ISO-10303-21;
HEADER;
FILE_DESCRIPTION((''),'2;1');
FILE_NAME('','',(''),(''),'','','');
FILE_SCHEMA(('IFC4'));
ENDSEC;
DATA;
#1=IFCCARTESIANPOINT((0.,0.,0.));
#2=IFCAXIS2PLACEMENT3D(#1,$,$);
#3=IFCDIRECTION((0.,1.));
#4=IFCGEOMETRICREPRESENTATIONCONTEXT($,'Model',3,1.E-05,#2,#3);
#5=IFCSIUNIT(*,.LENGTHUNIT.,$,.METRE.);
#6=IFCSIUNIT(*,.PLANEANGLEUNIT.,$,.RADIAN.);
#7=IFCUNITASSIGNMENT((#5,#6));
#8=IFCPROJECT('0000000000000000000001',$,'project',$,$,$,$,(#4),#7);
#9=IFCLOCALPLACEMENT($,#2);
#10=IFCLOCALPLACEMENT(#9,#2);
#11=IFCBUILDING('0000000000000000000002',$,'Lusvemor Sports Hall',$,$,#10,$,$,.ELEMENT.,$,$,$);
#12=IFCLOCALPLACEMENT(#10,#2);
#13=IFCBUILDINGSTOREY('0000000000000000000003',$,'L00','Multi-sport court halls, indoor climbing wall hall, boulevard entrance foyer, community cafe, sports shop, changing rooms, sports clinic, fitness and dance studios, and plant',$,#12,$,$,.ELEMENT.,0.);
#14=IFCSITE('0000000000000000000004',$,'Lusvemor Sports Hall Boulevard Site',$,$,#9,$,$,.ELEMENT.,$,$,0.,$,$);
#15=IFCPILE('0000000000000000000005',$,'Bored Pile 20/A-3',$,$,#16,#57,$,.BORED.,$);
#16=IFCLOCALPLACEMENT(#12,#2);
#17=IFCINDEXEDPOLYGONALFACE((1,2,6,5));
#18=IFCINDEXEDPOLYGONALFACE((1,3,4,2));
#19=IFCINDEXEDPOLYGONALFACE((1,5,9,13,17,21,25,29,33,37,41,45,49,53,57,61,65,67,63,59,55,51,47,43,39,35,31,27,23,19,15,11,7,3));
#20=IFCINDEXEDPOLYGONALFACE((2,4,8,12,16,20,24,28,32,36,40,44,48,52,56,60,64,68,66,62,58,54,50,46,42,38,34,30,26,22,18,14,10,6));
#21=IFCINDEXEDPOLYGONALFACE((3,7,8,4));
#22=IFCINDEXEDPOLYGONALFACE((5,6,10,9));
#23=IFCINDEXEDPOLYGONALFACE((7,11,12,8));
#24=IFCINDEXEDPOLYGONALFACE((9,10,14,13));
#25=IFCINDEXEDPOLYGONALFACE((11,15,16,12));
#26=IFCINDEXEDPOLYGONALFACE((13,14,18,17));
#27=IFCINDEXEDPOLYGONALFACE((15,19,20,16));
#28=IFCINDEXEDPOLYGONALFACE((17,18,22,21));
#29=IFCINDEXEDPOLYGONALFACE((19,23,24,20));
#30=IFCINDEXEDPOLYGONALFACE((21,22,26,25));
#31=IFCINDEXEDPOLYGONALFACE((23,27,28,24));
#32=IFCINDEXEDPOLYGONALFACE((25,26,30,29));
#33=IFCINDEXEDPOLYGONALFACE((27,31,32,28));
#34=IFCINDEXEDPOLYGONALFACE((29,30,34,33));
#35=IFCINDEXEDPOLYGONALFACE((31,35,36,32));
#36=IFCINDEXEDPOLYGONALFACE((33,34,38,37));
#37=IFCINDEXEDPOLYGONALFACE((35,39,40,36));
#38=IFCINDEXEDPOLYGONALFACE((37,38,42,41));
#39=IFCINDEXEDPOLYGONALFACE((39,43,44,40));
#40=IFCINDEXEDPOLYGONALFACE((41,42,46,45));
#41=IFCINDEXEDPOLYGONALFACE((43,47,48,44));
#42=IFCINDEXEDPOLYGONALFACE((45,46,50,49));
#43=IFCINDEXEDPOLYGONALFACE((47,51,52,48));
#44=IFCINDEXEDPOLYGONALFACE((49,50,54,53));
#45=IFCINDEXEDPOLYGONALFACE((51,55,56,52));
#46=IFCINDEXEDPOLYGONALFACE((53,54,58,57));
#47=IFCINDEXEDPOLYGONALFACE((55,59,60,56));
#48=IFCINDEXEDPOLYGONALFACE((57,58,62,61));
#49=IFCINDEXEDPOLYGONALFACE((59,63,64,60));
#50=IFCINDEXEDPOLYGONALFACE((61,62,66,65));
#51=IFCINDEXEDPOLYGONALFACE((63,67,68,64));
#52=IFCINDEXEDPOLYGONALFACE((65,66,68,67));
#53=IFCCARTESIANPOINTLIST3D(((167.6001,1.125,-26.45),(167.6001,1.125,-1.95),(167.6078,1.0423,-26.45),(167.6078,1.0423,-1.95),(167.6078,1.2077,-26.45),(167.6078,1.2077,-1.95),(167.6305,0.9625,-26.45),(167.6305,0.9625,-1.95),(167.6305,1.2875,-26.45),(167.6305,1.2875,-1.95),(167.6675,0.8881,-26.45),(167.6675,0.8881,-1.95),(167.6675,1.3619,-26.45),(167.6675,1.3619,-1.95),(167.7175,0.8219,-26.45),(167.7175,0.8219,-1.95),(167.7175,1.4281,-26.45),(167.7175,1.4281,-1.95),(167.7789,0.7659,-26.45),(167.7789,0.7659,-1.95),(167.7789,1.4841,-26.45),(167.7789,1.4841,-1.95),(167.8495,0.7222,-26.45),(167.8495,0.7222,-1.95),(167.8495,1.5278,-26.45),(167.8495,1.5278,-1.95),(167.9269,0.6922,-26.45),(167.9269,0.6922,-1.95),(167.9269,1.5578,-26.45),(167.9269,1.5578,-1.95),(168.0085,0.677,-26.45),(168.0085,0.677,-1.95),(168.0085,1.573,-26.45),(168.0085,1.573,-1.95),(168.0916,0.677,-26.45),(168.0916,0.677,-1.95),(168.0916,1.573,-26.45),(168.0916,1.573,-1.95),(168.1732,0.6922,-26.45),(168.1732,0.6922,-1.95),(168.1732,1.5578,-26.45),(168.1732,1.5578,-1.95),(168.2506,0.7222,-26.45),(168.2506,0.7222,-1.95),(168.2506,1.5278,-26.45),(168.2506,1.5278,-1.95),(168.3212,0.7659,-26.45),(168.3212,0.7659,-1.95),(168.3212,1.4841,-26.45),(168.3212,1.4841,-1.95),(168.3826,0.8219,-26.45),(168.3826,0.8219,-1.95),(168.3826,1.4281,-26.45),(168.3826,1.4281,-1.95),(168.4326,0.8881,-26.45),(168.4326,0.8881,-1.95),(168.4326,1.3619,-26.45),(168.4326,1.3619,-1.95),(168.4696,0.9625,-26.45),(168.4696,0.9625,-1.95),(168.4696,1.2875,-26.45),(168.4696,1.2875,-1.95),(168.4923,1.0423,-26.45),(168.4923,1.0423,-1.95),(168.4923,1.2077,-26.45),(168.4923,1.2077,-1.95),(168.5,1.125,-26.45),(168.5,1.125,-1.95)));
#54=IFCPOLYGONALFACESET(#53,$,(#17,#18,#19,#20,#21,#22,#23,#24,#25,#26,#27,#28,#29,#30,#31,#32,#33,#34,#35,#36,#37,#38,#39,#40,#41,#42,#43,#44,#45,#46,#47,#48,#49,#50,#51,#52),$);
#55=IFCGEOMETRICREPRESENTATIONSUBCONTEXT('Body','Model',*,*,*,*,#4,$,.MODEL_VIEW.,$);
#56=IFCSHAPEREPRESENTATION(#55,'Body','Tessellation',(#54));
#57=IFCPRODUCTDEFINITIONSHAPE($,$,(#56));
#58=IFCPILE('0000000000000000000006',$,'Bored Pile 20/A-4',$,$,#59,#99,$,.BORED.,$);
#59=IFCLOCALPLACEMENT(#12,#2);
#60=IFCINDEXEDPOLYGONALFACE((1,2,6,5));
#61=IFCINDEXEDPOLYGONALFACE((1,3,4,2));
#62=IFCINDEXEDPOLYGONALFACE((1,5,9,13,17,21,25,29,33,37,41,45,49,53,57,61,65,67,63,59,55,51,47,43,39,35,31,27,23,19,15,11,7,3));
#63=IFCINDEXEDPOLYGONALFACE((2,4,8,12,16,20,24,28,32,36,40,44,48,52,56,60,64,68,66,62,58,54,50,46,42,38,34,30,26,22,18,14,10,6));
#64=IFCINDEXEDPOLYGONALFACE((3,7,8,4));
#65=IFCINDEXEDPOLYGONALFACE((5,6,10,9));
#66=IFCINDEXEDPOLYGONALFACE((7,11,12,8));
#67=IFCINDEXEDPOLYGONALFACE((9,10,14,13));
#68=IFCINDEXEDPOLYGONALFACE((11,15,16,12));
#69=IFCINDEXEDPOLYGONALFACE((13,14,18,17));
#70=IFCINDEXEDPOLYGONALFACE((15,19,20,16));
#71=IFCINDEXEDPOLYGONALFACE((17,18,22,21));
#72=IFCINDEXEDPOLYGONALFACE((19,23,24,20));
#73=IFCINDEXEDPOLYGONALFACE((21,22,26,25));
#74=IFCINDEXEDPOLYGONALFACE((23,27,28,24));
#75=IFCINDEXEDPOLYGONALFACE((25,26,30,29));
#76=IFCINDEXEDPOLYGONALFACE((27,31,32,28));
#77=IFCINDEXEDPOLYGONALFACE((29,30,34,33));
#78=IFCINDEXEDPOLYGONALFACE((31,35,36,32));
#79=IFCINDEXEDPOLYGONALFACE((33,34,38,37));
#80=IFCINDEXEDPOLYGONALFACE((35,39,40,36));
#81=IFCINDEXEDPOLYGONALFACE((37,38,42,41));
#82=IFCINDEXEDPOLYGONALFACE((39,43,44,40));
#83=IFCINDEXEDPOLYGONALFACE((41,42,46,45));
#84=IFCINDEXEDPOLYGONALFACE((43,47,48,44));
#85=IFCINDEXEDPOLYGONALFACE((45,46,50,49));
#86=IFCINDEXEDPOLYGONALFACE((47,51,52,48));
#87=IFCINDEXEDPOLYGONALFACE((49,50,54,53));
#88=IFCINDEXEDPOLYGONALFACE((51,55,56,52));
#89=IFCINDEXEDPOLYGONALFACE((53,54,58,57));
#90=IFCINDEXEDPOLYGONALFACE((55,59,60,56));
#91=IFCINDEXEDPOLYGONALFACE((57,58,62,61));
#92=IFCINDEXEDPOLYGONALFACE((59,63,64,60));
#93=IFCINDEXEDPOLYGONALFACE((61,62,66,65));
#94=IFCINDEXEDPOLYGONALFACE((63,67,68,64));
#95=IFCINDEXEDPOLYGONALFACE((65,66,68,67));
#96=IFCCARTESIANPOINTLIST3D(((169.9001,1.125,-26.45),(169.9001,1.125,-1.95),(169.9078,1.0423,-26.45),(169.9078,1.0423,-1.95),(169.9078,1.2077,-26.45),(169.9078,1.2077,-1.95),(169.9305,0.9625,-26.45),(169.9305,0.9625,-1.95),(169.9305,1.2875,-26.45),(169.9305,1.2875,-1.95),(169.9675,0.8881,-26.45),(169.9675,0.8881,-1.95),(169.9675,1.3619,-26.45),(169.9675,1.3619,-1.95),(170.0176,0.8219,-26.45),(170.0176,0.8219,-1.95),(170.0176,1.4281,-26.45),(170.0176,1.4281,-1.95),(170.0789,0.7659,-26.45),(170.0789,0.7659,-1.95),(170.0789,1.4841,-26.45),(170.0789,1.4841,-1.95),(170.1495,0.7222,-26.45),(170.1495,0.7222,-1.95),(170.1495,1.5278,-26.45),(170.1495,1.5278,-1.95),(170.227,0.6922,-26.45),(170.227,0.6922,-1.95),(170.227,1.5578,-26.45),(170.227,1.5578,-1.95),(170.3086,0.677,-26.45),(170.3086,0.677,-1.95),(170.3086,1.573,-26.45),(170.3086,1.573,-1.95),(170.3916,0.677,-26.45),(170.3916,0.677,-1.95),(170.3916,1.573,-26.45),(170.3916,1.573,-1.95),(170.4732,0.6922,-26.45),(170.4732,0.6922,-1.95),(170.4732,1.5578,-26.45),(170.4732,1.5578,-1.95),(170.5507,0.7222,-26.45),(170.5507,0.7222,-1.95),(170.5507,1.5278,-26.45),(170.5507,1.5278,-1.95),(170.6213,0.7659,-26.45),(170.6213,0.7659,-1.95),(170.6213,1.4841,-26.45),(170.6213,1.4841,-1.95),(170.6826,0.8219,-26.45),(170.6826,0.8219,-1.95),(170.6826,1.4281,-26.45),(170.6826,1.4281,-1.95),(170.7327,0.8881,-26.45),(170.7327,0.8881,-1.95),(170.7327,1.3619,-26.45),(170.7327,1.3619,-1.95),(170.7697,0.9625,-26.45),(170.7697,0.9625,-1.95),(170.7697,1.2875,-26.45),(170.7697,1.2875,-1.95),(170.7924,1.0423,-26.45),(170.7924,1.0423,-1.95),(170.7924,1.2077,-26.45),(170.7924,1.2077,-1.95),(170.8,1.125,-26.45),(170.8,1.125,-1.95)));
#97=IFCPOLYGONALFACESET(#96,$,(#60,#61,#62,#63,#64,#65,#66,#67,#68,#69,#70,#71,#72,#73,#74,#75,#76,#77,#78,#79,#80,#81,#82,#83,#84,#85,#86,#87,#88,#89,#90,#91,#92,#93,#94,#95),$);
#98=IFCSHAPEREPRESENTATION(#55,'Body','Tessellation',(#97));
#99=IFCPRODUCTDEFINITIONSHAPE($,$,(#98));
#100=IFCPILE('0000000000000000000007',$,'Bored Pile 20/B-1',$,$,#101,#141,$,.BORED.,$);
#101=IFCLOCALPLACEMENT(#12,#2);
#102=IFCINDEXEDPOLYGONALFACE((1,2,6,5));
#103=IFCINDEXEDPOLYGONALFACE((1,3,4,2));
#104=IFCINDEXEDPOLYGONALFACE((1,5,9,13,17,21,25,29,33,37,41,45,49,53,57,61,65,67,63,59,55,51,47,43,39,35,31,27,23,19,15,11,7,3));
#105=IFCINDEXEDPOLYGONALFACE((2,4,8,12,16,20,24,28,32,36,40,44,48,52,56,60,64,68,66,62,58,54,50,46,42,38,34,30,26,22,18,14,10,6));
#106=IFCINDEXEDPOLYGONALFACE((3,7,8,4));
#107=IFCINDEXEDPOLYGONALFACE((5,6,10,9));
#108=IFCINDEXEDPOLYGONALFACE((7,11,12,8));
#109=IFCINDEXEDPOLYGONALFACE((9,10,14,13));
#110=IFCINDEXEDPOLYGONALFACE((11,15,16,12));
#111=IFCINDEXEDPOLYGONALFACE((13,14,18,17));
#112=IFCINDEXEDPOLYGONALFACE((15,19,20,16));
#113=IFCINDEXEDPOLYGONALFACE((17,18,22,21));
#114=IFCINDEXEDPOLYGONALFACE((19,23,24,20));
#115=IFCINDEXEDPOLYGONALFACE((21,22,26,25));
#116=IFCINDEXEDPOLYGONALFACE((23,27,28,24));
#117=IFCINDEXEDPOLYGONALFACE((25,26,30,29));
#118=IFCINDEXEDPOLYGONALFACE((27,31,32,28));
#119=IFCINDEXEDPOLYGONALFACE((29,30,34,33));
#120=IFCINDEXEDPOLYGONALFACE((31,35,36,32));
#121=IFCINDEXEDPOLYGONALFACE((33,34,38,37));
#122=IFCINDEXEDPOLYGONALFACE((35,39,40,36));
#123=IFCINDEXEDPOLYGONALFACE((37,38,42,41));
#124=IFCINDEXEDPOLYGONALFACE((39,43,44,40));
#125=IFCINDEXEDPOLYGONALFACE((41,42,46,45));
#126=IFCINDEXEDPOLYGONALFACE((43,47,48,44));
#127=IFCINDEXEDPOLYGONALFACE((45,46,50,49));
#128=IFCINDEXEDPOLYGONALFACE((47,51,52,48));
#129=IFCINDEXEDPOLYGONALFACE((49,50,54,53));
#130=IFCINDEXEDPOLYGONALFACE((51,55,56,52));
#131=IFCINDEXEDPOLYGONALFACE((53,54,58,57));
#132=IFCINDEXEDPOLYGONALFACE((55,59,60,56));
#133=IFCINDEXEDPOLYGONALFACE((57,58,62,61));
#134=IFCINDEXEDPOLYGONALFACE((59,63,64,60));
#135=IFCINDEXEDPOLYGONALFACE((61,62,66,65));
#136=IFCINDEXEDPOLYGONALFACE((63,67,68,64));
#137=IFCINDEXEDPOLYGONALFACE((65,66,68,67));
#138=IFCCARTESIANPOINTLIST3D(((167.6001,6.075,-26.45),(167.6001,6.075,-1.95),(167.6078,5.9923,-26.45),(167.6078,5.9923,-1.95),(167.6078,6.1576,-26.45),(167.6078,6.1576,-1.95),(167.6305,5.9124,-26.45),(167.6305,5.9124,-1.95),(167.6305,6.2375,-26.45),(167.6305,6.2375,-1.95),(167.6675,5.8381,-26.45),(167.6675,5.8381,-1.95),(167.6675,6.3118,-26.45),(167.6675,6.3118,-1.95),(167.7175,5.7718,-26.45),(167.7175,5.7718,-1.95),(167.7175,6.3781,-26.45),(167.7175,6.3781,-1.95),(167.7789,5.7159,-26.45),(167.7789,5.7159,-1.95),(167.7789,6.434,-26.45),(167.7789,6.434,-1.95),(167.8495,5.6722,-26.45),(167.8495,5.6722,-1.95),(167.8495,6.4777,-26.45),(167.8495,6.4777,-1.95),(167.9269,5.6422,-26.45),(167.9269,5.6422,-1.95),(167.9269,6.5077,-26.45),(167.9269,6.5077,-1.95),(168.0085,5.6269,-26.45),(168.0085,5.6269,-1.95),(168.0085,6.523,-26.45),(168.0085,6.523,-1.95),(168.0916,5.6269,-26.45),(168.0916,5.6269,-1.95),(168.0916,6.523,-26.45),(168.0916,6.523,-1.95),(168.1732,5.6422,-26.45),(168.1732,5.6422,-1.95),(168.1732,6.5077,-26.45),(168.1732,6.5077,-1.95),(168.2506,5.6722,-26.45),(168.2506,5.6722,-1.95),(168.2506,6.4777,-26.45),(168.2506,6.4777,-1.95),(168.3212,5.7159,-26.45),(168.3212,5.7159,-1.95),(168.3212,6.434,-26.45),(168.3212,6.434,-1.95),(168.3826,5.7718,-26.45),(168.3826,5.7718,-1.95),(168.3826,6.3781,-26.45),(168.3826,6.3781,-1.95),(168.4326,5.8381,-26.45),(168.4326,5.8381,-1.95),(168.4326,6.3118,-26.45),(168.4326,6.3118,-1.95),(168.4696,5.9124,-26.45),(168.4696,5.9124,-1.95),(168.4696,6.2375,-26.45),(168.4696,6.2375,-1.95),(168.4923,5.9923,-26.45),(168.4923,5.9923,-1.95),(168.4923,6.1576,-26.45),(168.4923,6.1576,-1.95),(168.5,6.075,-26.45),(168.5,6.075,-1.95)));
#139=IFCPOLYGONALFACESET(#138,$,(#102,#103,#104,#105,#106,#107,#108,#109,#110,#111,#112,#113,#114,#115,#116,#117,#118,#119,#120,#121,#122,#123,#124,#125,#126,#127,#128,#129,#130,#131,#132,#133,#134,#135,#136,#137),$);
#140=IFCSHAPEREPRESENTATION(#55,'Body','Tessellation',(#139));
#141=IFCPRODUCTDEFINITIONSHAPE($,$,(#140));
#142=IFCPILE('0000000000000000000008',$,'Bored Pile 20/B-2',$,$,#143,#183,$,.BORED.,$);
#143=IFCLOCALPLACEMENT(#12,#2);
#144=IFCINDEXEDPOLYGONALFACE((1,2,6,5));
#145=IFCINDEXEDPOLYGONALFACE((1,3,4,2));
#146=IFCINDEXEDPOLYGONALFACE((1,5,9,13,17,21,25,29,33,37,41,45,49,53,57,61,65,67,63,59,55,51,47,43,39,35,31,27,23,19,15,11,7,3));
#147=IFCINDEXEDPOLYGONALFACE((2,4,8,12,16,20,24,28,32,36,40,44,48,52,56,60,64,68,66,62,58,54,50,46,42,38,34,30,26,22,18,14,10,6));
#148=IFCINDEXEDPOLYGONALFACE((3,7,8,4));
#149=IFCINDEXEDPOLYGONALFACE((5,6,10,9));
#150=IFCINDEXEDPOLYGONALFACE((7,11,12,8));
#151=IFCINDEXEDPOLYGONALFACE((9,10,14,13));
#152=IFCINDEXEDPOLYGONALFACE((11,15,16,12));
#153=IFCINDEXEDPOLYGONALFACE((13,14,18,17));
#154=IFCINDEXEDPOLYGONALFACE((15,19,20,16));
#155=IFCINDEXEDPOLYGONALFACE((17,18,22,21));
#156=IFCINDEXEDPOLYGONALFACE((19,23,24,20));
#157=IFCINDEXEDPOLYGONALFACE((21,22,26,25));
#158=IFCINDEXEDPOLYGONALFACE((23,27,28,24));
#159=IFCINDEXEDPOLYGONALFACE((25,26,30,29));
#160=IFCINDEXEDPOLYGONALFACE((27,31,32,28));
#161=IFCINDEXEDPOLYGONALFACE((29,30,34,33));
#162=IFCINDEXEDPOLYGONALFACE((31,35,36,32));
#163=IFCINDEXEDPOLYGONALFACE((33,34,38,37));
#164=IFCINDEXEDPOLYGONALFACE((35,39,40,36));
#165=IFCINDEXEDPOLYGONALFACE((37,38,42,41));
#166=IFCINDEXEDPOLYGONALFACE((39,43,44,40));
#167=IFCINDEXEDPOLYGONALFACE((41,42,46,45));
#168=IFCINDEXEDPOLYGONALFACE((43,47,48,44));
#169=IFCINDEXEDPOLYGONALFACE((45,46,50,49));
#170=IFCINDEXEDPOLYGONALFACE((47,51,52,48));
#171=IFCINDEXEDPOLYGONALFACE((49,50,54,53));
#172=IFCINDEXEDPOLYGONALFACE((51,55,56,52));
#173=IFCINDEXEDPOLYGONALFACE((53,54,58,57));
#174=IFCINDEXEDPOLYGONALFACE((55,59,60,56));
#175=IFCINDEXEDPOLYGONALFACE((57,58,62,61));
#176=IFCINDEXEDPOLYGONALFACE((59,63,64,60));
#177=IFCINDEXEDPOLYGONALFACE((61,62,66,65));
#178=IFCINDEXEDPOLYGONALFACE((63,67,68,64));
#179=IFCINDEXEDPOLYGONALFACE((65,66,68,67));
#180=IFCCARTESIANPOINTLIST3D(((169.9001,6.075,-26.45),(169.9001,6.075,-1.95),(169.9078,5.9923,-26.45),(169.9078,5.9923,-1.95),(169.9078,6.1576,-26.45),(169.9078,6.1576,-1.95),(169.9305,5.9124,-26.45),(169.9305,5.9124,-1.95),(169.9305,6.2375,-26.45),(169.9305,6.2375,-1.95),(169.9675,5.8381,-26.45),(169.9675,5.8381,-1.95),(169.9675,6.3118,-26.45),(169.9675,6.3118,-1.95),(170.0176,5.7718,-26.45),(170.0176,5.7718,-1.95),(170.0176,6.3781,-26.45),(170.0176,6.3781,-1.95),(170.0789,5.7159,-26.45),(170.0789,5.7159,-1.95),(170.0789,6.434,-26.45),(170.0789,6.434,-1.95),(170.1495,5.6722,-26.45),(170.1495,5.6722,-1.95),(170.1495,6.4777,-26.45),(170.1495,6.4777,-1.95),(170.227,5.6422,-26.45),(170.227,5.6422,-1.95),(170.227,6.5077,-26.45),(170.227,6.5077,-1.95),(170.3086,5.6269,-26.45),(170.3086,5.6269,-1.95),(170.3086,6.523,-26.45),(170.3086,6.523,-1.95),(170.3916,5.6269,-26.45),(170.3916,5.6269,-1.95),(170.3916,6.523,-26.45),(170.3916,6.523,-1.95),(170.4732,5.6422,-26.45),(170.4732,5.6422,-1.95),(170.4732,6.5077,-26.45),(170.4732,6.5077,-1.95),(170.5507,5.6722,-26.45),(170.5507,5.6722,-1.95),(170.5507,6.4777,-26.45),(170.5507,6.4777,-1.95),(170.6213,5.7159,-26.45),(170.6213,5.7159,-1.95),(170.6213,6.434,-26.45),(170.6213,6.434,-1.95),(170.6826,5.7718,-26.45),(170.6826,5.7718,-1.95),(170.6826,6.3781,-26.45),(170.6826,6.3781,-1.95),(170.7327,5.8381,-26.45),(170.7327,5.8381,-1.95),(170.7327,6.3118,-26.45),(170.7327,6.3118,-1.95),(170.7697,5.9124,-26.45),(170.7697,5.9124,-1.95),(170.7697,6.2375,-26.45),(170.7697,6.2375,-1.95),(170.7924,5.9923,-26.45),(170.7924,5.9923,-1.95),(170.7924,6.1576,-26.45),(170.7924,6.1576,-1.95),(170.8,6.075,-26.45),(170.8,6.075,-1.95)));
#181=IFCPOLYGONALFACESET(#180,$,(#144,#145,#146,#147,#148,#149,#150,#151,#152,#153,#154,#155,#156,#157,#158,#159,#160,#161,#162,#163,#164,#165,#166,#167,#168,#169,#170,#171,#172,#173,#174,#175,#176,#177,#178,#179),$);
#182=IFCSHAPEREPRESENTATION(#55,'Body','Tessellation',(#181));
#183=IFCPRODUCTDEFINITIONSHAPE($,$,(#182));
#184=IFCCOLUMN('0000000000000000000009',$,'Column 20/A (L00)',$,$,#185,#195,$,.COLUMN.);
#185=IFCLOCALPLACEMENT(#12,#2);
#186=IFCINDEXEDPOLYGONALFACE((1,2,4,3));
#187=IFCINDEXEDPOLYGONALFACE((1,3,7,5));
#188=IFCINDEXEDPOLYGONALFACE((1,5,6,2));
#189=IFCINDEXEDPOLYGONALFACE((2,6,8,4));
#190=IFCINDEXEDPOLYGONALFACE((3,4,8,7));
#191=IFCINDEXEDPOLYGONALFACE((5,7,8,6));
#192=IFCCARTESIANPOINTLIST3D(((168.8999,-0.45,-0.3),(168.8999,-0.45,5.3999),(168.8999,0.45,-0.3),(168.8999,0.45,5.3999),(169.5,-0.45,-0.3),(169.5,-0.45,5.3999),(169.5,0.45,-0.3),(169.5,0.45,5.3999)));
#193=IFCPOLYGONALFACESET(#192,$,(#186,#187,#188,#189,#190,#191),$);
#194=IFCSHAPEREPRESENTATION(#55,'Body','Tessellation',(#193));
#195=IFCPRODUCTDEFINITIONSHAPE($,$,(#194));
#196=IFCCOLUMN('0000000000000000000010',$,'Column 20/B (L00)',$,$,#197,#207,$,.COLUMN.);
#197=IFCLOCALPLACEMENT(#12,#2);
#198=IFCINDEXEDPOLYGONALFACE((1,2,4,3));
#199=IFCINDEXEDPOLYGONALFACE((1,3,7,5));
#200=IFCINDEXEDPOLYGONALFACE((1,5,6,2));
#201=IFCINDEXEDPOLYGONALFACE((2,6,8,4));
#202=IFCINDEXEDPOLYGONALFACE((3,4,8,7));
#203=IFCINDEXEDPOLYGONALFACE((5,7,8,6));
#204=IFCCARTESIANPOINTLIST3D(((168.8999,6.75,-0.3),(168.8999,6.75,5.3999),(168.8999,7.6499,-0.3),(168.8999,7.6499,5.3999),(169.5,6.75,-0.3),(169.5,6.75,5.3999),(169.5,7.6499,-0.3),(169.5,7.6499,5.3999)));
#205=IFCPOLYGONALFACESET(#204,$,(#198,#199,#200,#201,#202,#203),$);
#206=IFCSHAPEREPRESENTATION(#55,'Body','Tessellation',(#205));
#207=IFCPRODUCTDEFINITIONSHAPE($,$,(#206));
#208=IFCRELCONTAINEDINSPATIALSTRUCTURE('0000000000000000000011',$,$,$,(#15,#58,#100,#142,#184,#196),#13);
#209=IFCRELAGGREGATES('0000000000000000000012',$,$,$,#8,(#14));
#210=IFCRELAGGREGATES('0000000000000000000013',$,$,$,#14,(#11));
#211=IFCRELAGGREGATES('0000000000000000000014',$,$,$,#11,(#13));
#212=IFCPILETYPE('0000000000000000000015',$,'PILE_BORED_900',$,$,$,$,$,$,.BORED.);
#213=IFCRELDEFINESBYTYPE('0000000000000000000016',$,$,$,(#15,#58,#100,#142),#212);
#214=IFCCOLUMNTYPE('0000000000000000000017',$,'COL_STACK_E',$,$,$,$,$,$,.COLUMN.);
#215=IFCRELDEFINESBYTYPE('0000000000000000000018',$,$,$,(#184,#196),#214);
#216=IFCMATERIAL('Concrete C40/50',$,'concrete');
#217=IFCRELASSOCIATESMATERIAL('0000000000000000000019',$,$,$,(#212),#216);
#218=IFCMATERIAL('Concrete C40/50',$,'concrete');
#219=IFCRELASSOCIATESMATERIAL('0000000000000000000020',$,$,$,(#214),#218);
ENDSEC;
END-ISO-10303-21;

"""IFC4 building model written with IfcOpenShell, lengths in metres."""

from ifc_helpers import new_model, si_unit, direction, frame, origin, origin_2d, place, context, subcontext, project, spatial, rectangle, circle, extrude, material, material_profile, profile_set, type_object, element, save


model = new_model("IFC4")

# Units and contexts
model_context = context("Model", 3, precision=1e-05, world=origin(), true_north=direction((0.0, 1.0)))
body_context = subcontext(model_context, "Body", "Model", "MODEL_VIEW")
ifc_project = project(units=[si_unit("LENGTHUNIT", "METRE"), si_unit("PLANEANGLEUNIT", "RADIAN")], contexts=[model_context])

# Site, building, storey
site_placement = place(None, origin())
site = spatial("IfcSite", under=ifc_project, at=site_placement, Name="Lusvemor Sports Hall Boulevard Site", CompositionType="ELEMENT", RefElevation=0.0)
building_placement = place(site_placement, origin())
building = spatial("IfcBuilding", under=site, at=building_placement, Name="Lusvemor Sports Hall", CompositionType="ELEMENT")
storey_placement = place(building_placement, origin())
storey = spatial("IfcBuildingStorey", under=building, at=storey_placement, Name="L00", Description="Multi-sport court halls, indoor climbing wall hall, boulevard entrance foyer, community cafe, sports shop, changing rooms, sports clinic, fitness and dance studios, and plant", CompositionType="ELEMENT", Elevation=0.0)

# Piles
ifc_material_1 = material(Name="Concrete C40/50", Category="concrete")
ifc_material_profile_1 = material_profile(ifc_material_1, circle(Radius=0.45, at=origin_2d()), Name="PILE900")
ifc_profile_set_1 = profile_set([ifc_material_profile_1], Name="Concrete C40/50")
pile_type = type_object("IfcPileType", Name="PILE_BORED_900", PredefinedType="BORED", material=ifc_profile_set_1)
for number, where, z_axis, x_axis, name in (
    (1, (168.05, 1.125, -1.95), (0.0, 0.0, -1.0), (1.0, 0.0, 0.0), "Bored Pile 20/A-3"),
    (2, (170.3501, 1.125, -1.95), (0.0, 0.0, -1.0), (1.0, 0.0, 0.0), "Bored Pile 20/A-4"),
    (3, (168.05, 6.075, -1.95), (0.0, 0.0, -1.0), (1.0, 0.0, 0.0), "Bored Pile 20/B-1"),
    (4, (170.3501, 6.075, -1.95), (0.0, 0.0, -1.0), (1.0, 0.0, 0.0), "Bored Pile 20/B-2"),
):
    element("IfcPile", number, at=place(storey_placement, frame(where, z_axis=z_axis, x_axis=x_axis)), inside=storey, type_object=pile_type, Name=name, PredefinedType="BORED", context=body_context, shape_type="SweptSolid", body=[
        extrude(circle(Radius=0.45, at=origin_2d()), origin(), (0.0, 0.0, 1.0), 24.5),
    ])

# Columns
ifc_material_2 = material(Name="Concrete C40/50", Category="concrete")
ifc_material_profile_2 = material_profile(ifc_material_2, rectangle(XDim=0.6001, YDim=0.8999, at=origin_2d()), Name="RC600x900")
ifc_profile_set_2 = profile_set([ifc_material_profile_2], Name="Concrete C40/50")
column_type = type_object("IfcColumnType", Name="COL_STACK_E", PredefinedType="COLUMN", material=ifc_profile_set_2)
for number, where, z_axis, x_axis, name in (
    (5, (169.2, 0.0, -0.3), (0.0, 0.0, 1.0), (1.0, 0.0, 0.0), "Column 20/A (L00)"),
    (6, (169.2, 7.2, -0.3), (0.0, 0.0, 1.0), (1.0, 0.0, 0.0), "Column 20/B (L00)"),
):
    element("IfcColumn", number, at=place(storey_placement, frame(where, z_axis=z_axis, x_axis=x_axis)), inside=storey, type_object=column_type, Name=name, PredefinedType="COLUMN", context=body_context, shape_type="SweptSolid", body=[
        extrude(rectangle(XDim=0.6001, YDim=0.8999, at=origin_2d()), origin(), (0.0, 0.0, 1.0), 5.7),
    ])

save(model, "model.ifc")
